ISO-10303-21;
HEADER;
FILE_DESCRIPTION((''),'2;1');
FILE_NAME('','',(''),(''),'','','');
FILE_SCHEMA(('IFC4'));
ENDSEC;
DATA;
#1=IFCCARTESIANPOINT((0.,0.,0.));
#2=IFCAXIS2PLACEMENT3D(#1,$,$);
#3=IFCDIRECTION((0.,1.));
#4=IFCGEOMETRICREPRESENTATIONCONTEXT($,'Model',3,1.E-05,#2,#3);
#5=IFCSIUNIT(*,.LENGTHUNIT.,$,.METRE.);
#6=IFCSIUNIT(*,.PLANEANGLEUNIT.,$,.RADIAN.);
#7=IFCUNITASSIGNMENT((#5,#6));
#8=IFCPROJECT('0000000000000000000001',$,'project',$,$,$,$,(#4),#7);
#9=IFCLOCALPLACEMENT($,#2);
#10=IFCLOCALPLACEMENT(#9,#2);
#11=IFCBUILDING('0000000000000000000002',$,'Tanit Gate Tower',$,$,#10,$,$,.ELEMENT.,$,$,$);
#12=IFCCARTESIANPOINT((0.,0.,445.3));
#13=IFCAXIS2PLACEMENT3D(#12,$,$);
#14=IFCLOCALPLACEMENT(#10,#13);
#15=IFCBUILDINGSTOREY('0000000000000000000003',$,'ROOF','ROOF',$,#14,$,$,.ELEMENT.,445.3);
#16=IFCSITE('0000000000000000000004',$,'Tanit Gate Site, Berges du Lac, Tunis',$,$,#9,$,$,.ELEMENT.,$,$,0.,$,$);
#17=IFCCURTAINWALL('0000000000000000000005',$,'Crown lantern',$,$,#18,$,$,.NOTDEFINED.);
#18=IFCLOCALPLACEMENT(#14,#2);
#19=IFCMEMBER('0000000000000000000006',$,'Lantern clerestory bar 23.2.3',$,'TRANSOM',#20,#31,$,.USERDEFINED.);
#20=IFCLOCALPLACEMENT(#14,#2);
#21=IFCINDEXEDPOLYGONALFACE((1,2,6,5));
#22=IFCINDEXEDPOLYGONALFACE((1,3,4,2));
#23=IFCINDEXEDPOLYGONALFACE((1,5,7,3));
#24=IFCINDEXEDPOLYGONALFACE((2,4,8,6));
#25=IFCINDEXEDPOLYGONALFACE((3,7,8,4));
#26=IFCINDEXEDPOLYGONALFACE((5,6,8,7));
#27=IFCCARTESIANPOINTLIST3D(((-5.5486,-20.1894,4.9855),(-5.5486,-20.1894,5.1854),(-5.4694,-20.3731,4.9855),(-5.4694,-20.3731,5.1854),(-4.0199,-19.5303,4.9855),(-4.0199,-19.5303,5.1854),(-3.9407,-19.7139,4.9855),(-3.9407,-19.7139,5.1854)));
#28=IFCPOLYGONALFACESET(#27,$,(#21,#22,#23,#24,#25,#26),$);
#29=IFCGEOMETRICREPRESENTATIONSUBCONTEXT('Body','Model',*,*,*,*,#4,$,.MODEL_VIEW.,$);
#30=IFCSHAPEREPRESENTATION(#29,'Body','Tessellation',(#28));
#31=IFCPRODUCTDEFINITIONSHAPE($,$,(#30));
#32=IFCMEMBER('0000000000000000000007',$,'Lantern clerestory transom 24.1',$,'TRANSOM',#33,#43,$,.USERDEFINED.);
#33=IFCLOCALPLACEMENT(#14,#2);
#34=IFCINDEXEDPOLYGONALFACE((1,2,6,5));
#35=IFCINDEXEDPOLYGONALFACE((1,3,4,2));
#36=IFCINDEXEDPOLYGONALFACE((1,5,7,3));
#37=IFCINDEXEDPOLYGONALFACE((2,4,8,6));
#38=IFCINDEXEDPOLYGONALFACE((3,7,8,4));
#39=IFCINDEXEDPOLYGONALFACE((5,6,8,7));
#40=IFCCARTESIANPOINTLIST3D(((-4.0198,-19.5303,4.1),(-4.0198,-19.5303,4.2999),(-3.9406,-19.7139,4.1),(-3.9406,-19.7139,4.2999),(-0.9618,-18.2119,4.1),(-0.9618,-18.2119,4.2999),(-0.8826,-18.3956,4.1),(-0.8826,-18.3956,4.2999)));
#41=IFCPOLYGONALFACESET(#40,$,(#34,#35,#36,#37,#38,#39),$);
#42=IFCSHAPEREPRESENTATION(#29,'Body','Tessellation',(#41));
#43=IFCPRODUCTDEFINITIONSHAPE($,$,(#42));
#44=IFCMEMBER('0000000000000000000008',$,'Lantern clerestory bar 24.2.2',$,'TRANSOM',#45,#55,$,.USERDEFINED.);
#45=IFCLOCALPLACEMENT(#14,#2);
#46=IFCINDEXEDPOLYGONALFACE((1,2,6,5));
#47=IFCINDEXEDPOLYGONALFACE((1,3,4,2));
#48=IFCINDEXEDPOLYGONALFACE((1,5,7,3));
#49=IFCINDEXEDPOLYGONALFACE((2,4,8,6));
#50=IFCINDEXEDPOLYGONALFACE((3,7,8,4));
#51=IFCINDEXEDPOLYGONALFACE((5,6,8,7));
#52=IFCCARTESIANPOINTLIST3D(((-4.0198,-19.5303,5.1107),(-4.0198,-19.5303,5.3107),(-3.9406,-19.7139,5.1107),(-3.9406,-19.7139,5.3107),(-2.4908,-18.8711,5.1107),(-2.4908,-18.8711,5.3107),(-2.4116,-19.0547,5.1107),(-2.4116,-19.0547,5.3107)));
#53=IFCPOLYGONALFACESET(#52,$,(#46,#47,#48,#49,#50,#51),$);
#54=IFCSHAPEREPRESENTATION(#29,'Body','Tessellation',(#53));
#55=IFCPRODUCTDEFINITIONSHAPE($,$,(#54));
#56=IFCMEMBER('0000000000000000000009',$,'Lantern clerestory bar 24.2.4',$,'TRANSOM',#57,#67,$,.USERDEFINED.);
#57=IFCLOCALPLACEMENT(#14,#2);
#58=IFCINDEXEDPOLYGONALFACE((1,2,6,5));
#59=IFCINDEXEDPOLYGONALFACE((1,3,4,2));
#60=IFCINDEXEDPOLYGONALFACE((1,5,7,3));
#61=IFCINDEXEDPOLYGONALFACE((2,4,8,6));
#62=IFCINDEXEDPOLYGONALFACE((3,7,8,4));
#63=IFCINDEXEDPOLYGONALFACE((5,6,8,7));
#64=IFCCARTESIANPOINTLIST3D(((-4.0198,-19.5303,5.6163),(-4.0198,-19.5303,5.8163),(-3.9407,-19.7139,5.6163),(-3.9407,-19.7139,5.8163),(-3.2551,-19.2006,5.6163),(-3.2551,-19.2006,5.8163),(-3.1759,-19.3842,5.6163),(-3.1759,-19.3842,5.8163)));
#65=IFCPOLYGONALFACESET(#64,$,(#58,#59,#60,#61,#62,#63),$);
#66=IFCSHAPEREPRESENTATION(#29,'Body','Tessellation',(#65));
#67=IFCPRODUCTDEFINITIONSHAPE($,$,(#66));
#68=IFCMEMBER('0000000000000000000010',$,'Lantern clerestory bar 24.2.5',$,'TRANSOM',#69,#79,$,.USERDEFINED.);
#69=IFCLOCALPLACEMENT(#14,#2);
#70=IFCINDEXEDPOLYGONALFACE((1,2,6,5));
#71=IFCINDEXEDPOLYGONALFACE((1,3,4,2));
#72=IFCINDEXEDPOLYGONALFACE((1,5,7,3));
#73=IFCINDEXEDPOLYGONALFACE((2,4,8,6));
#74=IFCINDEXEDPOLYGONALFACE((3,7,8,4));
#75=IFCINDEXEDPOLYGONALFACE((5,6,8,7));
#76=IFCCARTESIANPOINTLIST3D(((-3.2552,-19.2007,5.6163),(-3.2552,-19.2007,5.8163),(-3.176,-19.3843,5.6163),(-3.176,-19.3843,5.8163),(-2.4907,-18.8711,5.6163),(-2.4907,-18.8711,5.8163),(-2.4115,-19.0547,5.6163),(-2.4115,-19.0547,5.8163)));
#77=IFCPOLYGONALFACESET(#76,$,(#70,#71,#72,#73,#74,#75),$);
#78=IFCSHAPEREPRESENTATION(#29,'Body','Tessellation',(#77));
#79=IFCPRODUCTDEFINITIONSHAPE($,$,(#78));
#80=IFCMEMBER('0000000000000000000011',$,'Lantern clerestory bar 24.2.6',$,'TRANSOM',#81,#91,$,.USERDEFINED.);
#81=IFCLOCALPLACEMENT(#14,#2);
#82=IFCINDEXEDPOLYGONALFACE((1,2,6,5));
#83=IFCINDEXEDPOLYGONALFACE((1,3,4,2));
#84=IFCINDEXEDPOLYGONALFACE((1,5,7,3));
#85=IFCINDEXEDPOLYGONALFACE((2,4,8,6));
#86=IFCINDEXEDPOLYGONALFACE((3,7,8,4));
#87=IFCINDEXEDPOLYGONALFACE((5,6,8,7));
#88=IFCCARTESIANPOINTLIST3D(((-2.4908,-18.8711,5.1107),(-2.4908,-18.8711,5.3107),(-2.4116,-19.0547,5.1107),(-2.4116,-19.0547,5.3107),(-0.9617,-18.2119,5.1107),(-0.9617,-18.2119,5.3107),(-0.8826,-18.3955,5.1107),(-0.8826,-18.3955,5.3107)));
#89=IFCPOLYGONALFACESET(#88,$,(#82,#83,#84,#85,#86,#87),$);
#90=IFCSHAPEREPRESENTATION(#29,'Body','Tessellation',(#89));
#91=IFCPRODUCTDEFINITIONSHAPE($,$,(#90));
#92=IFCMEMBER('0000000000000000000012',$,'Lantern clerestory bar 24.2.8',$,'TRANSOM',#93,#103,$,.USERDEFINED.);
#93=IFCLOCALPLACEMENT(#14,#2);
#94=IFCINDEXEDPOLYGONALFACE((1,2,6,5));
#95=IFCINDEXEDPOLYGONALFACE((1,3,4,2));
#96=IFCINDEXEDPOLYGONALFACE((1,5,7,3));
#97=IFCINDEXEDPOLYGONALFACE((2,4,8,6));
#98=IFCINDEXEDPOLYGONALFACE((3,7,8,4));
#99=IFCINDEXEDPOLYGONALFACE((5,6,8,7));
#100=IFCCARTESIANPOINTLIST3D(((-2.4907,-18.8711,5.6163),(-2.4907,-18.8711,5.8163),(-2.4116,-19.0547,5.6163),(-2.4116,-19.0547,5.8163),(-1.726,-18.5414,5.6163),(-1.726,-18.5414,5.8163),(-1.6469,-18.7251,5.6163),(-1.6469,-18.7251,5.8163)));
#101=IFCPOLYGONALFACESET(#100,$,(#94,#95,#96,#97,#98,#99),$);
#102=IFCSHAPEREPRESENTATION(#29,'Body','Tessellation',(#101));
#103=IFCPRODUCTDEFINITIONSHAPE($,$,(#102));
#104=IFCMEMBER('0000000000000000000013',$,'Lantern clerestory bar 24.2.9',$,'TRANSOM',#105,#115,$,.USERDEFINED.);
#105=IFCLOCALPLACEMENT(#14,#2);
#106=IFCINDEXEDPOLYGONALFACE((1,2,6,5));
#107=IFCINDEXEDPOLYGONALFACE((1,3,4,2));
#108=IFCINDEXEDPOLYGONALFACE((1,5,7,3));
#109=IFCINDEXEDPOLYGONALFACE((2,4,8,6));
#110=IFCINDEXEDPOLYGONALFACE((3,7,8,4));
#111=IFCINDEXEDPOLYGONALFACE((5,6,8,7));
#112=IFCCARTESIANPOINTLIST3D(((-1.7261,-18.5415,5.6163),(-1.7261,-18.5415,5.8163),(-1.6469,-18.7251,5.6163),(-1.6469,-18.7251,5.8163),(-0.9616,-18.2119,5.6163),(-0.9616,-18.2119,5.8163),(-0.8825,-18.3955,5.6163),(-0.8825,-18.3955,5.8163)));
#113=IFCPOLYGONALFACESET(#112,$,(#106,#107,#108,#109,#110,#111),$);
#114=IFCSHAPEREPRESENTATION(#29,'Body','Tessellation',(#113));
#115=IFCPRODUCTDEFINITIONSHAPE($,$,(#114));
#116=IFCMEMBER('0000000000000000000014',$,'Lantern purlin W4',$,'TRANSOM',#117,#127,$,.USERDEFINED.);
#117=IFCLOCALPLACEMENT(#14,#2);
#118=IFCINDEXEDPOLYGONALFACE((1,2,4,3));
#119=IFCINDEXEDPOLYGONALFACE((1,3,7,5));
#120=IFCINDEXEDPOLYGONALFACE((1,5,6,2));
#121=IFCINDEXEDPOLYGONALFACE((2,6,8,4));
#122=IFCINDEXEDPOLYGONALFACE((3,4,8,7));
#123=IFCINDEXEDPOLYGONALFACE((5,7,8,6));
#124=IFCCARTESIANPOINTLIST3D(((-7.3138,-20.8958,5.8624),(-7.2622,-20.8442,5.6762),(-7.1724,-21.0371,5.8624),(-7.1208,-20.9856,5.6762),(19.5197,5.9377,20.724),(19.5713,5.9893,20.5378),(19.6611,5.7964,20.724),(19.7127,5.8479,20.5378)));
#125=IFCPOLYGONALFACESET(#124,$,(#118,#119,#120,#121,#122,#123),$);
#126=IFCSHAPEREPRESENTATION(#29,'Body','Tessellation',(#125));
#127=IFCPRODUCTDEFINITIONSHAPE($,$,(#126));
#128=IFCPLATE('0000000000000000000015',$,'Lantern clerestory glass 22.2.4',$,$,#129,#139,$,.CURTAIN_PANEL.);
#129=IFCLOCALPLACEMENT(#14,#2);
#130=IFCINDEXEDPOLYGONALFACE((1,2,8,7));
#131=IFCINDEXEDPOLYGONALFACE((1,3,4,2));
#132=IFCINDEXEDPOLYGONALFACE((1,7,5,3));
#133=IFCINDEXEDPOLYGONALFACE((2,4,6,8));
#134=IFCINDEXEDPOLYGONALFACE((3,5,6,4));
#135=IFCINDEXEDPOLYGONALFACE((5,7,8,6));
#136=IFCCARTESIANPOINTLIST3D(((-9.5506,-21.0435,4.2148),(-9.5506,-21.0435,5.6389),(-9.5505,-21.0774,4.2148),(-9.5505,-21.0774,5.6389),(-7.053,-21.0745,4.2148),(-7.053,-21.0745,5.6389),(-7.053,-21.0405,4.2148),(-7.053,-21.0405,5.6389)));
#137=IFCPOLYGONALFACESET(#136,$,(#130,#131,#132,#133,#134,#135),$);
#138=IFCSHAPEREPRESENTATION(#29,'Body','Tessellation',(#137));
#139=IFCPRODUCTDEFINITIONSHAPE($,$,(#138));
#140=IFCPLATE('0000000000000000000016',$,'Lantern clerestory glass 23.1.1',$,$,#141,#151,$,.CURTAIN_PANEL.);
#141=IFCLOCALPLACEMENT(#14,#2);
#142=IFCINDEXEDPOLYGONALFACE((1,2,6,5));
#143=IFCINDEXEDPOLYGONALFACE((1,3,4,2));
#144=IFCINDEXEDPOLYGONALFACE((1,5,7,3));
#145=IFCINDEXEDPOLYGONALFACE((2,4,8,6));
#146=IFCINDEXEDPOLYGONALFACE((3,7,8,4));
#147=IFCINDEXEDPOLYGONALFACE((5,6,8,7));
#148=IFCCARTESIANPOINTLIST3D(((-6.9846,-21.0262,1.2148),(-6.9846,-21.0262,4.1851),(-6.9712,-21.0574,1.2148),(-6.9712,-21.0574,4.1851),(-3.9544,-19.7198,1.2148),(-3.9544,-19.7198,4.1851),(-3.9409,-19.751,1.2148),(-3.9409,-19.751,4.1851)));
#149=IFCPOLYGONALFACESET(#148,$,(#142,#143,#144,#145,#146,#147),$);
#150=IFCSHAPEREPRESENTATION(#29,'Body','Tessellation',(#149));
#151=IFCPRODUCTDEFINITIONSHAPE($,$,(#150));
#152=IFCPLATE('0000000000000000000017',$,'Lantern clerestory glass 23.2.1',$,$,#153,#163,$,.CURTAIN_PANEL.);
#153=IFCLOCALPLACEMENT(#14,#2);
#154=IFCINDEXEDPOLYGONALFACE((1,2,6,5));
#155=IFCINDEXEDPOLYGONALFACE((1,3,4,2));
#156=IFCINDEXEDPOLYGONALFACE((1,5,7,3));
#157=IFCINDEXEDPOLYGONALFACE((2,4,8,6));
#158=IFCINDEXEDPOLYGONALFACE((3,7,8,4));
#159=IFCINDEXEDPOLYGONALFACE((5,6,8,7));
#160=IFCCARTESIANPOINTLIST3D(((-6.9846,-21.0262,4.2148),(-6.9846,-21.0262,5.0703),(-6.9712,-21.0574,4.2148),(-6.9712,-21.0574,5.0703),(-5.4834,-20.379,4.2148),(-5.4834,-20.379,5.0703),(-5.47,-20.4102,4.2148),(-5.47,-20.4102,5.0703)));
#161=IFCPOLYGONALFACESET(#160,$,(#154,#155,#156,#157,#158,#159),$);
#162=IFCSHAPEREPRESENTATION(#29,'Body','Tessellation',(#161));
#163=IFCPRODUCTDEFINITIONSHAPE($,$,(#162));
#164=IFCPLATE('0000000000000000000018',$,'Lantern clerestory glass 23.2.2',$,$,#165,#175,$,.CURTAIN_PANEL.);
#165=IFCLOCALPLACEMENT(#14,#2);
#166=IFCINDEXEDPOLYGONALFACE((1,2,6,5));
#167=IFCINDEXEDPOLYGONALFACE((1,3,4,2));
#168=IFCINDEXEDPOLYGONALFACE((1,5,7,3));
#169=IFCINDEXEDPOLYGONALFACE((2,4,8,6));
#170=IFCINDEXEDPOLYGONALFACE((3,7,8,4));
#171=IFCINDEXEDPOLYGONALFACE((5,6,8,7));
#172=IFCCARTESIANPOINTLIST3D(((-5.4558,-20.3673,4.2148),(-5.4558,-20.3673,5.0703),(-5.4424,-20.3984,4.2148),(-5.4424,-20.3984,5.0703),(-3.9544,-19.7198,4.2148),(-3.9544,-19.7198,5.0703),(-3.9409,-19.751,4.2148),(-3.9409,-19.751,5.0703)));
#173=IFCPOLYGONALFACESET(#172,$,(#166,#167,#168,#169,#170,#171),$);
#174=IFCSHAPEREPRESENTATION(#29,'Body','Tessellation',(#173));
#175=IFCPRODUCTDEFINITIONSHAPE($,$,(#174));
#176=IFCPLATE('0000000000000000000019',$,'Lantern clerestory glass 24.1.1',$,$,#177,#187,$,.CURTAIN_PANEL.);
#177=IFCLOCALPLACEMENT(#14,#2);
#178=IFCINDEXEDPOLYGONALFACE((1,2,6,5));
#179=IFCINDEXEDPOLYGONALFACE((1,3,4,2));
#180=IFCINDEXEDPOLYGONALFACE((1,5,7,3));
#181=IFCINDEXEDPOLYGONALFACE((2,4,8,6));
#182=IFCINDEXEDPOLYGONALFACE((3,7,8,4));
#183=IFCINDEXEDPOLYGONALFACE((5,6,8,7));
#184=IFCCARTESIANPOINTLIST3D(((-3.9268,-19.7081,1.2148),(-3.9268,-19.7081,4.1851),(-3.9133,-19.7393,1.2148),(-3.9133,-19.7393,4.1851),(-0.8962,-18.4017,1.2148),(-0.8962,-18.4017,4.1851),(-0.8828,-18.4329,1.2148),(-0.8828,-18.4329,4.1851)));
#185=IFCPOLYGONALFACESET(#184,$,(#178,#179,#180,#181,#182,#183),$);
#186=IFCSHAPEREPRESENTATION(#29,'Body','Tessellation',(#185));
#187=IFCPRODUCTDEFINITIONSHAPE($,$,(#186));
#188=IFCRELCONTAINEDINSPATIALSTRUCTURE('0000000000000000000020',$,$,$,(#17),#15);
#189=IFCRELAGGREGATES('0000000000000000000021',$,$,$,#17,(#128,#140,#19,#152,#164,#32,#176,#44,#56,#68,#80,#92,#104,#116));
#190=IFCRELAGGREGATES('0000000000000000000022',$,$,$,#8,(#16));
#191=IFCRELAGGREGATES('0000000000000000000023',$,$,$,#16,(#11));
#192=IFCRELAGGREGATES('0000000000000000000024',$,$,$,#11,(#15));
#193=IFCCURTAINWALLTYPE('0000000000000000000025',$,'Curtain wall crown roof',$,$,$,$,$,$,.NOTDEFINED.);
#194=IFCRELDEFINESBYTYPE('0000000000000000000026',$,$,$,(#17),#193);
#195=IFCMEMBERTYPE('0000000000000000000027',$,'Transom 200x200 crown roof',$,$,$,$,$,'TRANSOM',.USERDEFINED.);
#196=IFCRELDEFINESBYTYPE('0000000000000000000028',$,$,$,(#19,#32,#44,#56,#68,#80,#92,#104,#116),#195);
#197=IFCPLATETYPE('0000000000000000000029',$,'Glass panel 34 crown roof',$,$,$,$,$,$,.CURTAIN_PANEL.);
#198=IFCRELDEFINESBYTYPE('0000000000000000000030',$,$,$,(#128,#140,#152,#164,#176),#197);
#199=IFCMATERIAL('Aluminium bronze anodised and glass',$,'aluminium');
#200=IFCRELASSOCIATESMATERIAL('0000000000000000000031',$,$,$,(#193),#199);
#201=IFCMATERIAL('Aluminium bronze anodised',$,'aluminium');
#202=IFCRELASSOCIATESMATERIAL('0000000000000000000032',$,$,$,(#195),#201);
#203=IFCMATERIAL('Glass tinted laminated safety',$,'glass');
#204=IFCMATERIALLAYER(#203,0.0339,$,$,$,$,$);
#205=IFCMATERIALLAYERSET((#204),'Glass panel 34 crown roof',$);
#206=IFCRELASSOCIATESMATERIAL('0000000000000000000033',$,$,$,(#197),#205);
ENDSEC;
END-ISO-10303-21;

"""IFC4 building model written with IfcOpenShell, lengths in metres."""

from ifc_helpers import new_model, si_unit, direction, frame, origin, origin_2d, place, context, subcontext, project, spatial, polyline, rectangle, outline, extrude, material, layer, layer_set, material_profile, profile_set, type_object, element, aggregate, save


model = new_model("IFC4")

# Units and contexts
model_context = context("Model", 3, precision=1e-05, world=origin(), true_north=direction((0.0, 1.0)))
body_context = subcontext(model_context, "Body", "Model", "MODEL_VIEW")
ifc_project = project(units=[si_unit("LENGTHUNIT", "METRE"), si_unit("PLANEANGLEUNIT", "RADIAN")], contexts=[model_context])

# Site, building, storey
site_placement = place(None, origin())
site = spatial("IfcSite", under=ifc_project, at=site_placement, Name="Tanit Gate Site, Berges du Lac, Tunis", CompositionType="ELEMENT", RefElevation=0.0)
building_placement = place(site_placement, origin())
building = spatial("IfcBuilding", under=site, at=building_placement, Name="Tanit Gate Tower", CompositionType="ELEMENT")
storey_placement = place(building_placement, frame((0.0, 0.0, 445.3)))
storey = spatial("IfcBuildingStorey", under=building, at=storey_placement, Name="ROOF", Description="ROOF", CompositionType="ELEMENT", Elevation=445.3)

# Curtain wall, members, plates
ifc_material_1 = material(Name="Aluminium bronze anodised and glass", Category="aluminium")
curtain_wall_type = type_object("IfcCurtainWallType", Name="Curtain wall crown roof", PredefinedType="NOTDEFINED", material=ifc_material_1)
curtain_wall_placement = place(storey_placement, origin())
curtain_wall = element("IfcCurtainWall", 1, at=curtain_wall_placement, inside=storey, type_object=curtain_wall_type, Name="Crown lantern", PredefinedType="NOTDEFINED")
ifc_material_2 = material(Name="Aluminium bronze anodised", Category="aluminium")
ifc_material_profile_1 = material_profile(ifc_material_2, rectangle(XDim=0.2, YDim=0.2, at=origin_2d()), Name="200x200 bronze transom")
ifc_profile_set_1 = profile_set([ifc_material_profile_1], Name="Aluminium bronze anodised")
member_type_1 = type_object("IfcMemberType", Name="Transom 200x200 crown roof", ElementType="TRANSOM", PredefinedType="USERDEFINED", material=ifc_profile_set_1)
member_1_placement = place(storey_placement, frame((-5.509, -20.2812, 5.0854), z_axis=(0.918278, 0.395936, 0.0), x_axis=(-0.395936, 0.918278, 0.0)))
member_1 = element("IfcMember", 2, at=member_1_placement, type_object=member_type_1, Name="Lantern clerestory bar 23.2.3", ObjectType="TRANSOM", PredefinedType="USERDEFINED", context=body_context, shape_type="SweptSolid", body=[
    extrude(rectangle(XDim=0.2, YDim=0.2, at=origin_2d()), origin(), (0.0, 0.0, 1.0), 1.6648),
])
member_2_placement = place(storey_placement, frame((-3.9802, -19.6221, 4.2), z_axis=(0.918301, 0.395883, 0.0), x_axis=(-0.395883, 0.918301, 0.0)))
member_2 = element("IfcMember", 3, at=member_2_placement, type_object=member_type_1, Name="Lantern clerestory transom 24.1", ObjectType="TRANSOM", PredefinedType="USERDEFINED", context=body_context, shape_type="SweptSolid", body=[
    extrude(rectangle(XDim=0.2, YDim=0.2, at=origin_2d()), origin(), (0.0, 0.0, 1.0), 3.3301),
])
member_3_placement = place(storey_placement, frame((-3.9802, -19.6221, 5.2107), z_axis=(0.918301, 0.395883, 0.0), x_axis=(-0.395883, 0.918301, 0.0)))
member_3 = element("IfcMember", 4, at=member_3_placement, type_object=member_type_1, Name="Lantern clerestory bar 24.2.2", ObjectType="TRANSOM", PredefinedType="USERDEFINED", context=body_context, shape_type="SweptSolid", body=[
    extrude(rectangle(XDim=0.2, YDim=0.2, at=origin_2d()), origin(), (0.0, 0.0, 1.0), 1.665),
])
member_4_placement = place(storey_placement, frame((-3.9802, -19.6221, 5.7163), z_axis=(0.918324, 0.395829, 0.0), x_axis=(-0.395829, 0.918324, 0.0)))
member_4 = element("IfcMember", 5, at=member_4_placement, type_object=member_type_1, Name="Lantern clerestory bar 24.2.4", ObjectType="TRANSOM", PredefinedType="USERDEFINED", context=body_context, shape_type="SweptSolid", body=[
    extrude(rectangle(XDim=0.2, YDim=0.2, at=origin_2d()), origin(), (0.0, 0.0, 1.0), 0.8328),
])
member_5_placement = place(storey_placement, frame((-3.2156, -19.2925, 5.7163), z_axis=(0.918278, 0.395936, 0.0), x_axis=(-0.395936, 0.918278, 0.0)))
member_5 = element("IfcMember", 6, at=member_5_placement, type_object=member_type_1, Name="Lantern clerestory bar 24.2.5", ObjectType="TRANSOM", PredefinedType="USERDEFINED", context=body_context, shape_type="SweptSolid", body=[
    extrude(rectangle(XDim=0.2, YDim=0.2, at=origin_2d()), origin(), (0.0, 0.0, 1.0), 0.8325),
])
member_6_placement = place(storey_placement, frame((-2.4512, -18.9629, 5.2107), z_axis=(0.918301, 0.395883, 0.0), x_axis=(-0.395883, 0.918301, 0.0)))
member_6 = element("IfcMember", 7, at=member_6_placement, type_object=member_type_1, Name="Lantern clerestory bar 24.2.6", ObjectType="TRANSOM", PredefinedType="USERDEFINED", context=body_context, shape_type="SweptSolid", body=[
    extrude(rectangle(XDim=0.2, YDim=0.2, at=origin_2d()), origin(), (0.0, 0.0, 1.0), 1.665),
])
member_7_placement = place(storey_placement, frame((-2.4512, -18.9629, 5.7163), z_axis=(0.918324, 0.395829, 0.0), x_axis=(-0.395829, 0.918324, 0.0)))
member_7 = element("IfcMember", 8, at=member_7_placement, type_object=member_type_1, Name="Lantern clerestory bar 24.2.8", ObjectType="TRANSOM", PredefinedType="USERDEFINED", context=body_context, shape_type="SweptSolid", body=[
    extrude(rectangle(XDim=0.2, YDim=0.2, at=origin_2d()), origin(), (0.0, 0.0, 1.0), 0.8328),
])
member_8_placement = place(storey_placement, frame((-1.6865, -18.6333, 5.7163), z_axis=(0.918278, 0.395936, 0.0), x_axis=(-0.395936, 0.918278, 0.0)))
member_8 = element("IfcMember", 9, at=member_8_placement, type_object=member_type_1, Name="Lantern clerestory bar 24.2.9", ObjectType="TRANSOM", PredefinedType="USERDEFINED", context=body_context, shape_type="SweptSolid", body=[
    extrude(rectangle(XDim=0.2, YDim=0.2, at=origin_2d()), origin(), (0.0, 0.0, 1.0), 0.8325),
])
member_9_placement = place(storey_placement, frame((-7.2173, -20.9407, 5.7693), z_axis=(0.658416, 0.658416, 0.36466), x_axis=(-0.707107, 0.707107, 0.0)))
member_9 = element("IfcMember", 10, at=member_9_placement, type_object=member_type_1, Name="Lantern purlin W4", ObjectType="TRANSOM", PredefinedType="USERDEFINED", context=body_context, shape_type="SweptSolid", body=[
    extrude(rectangle(XDim=0.2, YDim=0.2, at=origin_2d()), origin(), (0.0, 0.0, 1.0), 40.7546),
])
ifc_material_3 = material(Name="Glass tinted laminated safety", Category="glass")
ifc_layer_1 = layer(ifc_material_3, 0.0339)
ifc_layer_set_1 = layer_set([ifc_layer_1], Name="Glass panel 34 crown roof")
plate_type = type_object("IfcPlateType", Name="Glass panel 34 crown roof", PredefinedType="CURTAIN_PANEL", material=ifc_layer_set_1)
plate_1_placement = place(storey_placement, frame((-9.5505, -21.0774, 4.2148), z_axis=(0.001173, -0.999999, 0.0), x_axis=(0.999999, 0.001173, 0.0)))
plate_1 = element("IfcPlate", 11, at=plate_1_placement, type_object=plate_type, Name="Lantern clerestory glass 22.2.4", PredefinedType="CURTAIN_PANEL", context=body_context, shape_type="SweptSolid", body=[
    extrude(outline(polyline([(0.0, 0.0), (2.4976, 0.0), (2.4976, 1.4241), (0.0, 1.4241), (0.0, 0.0)])), origin(), (0.0, 0.0, -1.0), 0.0339),
])
plate_2_placement = place(storey_placement, frame((-6.9712, -21.0574, 1.2148), z_axis=(0.395892, -0.918297, 0.0), x_axis=(0.918297, 0.395892, 0.0)))
plate_2 = element("IfcPlate", 12, at=plate_2_placement, type_object=plate_type, Name="Lantern clerestory glass 23.1.1", PredefinedType="CURTAIN_PANEL", context=body_context, shape_type="SweptSolid", body=[
    extrude(outline(polyline([(0.0, 0.0), (3.2999, 0.0), (3.2999, 2.9702), (0.0, 2.9702), (0.0, 0.0)])), origin(), (0.0, 0.0, -1.0), 0.0339),
])
plate_3_placement = place(storey_placement, frame((-6.9712, -21.0574, 4.2148), z_axis=(0.395901, -0.918293, 0.0), x_axis=(0.918293, 0.395901, 0.0)))
plate_3 = element("IfcPlate", 13, at=plate_3_placement, type_object=plate_type, Name="Lantern clerestory glass 23.2.1", PredefinedType="CURTAIN_PANEL", context=body_context, shape_type="SweptSolid", body=[
    extrude(outline(polyline([(0.0, 0.0), (1.6348, 0.0), (1.6348, 0.8555), (0.0, 0.8555), (0.0, 0.0)])), origin(), (0.0, 0.0, -1.0), 0.0339),
])
plate_4_placement = place(storey_placement, frame((-5.4424, -20.3984, 4.2148), z_axis=(0.395973, -0.918262, 0.0), x_axis=(0.918262, 0.395973, 0.0)))
plate_4 = element("IfcPlate", 14, at=plate_4_placement, type_object=plate_type, Name="Lantern clerestory glass 23.2.2", PredefinedType="CURTAIN_PANEL", context=body_context, shape_type="SweptSolid", body=[
    extrude(outline(polyline([(0.0, 0.0), (1.6351, 0.0), (1.6351, 0.8555), (0.0, 0.8555), (0.0, 0.0)])), origin(), (0.0, 0.0, -1.0), 0.0339),
])
plate_5_placement = place(storey_placement, frame((-3.9133, -19.7393, 1.2148), z_axis=(0.395865, -0.918309, 0.0), x_axis=(0.918309, 0.395865, 0.0)))
plate_5 = element("IfcPlate", 15, at=plate_5_placement, type_object=plate_type, Name="Lantern clerestory glass 24.1.1", PredefinedType="CURTAIN_PANEL", context=body_context, shape_type="SweptSolid", body=[
    extrude(outline(polyline([(0.0, 0.0), (3.3001, 0.0), (3.3001, 2.9702), (0.0, 2.9702), (0.0, 0.0)])), origin(), (0.0, 0.0, -1.0), 0.0339),
])
aggregate(curtain_wall, [plate_1, plate_2, member_1, plate_3, plate_4, member_2, plate_5, member_3, member_4, member_5, member_6, member_7, member_8, member_9])

save(model, "model.ifc")
